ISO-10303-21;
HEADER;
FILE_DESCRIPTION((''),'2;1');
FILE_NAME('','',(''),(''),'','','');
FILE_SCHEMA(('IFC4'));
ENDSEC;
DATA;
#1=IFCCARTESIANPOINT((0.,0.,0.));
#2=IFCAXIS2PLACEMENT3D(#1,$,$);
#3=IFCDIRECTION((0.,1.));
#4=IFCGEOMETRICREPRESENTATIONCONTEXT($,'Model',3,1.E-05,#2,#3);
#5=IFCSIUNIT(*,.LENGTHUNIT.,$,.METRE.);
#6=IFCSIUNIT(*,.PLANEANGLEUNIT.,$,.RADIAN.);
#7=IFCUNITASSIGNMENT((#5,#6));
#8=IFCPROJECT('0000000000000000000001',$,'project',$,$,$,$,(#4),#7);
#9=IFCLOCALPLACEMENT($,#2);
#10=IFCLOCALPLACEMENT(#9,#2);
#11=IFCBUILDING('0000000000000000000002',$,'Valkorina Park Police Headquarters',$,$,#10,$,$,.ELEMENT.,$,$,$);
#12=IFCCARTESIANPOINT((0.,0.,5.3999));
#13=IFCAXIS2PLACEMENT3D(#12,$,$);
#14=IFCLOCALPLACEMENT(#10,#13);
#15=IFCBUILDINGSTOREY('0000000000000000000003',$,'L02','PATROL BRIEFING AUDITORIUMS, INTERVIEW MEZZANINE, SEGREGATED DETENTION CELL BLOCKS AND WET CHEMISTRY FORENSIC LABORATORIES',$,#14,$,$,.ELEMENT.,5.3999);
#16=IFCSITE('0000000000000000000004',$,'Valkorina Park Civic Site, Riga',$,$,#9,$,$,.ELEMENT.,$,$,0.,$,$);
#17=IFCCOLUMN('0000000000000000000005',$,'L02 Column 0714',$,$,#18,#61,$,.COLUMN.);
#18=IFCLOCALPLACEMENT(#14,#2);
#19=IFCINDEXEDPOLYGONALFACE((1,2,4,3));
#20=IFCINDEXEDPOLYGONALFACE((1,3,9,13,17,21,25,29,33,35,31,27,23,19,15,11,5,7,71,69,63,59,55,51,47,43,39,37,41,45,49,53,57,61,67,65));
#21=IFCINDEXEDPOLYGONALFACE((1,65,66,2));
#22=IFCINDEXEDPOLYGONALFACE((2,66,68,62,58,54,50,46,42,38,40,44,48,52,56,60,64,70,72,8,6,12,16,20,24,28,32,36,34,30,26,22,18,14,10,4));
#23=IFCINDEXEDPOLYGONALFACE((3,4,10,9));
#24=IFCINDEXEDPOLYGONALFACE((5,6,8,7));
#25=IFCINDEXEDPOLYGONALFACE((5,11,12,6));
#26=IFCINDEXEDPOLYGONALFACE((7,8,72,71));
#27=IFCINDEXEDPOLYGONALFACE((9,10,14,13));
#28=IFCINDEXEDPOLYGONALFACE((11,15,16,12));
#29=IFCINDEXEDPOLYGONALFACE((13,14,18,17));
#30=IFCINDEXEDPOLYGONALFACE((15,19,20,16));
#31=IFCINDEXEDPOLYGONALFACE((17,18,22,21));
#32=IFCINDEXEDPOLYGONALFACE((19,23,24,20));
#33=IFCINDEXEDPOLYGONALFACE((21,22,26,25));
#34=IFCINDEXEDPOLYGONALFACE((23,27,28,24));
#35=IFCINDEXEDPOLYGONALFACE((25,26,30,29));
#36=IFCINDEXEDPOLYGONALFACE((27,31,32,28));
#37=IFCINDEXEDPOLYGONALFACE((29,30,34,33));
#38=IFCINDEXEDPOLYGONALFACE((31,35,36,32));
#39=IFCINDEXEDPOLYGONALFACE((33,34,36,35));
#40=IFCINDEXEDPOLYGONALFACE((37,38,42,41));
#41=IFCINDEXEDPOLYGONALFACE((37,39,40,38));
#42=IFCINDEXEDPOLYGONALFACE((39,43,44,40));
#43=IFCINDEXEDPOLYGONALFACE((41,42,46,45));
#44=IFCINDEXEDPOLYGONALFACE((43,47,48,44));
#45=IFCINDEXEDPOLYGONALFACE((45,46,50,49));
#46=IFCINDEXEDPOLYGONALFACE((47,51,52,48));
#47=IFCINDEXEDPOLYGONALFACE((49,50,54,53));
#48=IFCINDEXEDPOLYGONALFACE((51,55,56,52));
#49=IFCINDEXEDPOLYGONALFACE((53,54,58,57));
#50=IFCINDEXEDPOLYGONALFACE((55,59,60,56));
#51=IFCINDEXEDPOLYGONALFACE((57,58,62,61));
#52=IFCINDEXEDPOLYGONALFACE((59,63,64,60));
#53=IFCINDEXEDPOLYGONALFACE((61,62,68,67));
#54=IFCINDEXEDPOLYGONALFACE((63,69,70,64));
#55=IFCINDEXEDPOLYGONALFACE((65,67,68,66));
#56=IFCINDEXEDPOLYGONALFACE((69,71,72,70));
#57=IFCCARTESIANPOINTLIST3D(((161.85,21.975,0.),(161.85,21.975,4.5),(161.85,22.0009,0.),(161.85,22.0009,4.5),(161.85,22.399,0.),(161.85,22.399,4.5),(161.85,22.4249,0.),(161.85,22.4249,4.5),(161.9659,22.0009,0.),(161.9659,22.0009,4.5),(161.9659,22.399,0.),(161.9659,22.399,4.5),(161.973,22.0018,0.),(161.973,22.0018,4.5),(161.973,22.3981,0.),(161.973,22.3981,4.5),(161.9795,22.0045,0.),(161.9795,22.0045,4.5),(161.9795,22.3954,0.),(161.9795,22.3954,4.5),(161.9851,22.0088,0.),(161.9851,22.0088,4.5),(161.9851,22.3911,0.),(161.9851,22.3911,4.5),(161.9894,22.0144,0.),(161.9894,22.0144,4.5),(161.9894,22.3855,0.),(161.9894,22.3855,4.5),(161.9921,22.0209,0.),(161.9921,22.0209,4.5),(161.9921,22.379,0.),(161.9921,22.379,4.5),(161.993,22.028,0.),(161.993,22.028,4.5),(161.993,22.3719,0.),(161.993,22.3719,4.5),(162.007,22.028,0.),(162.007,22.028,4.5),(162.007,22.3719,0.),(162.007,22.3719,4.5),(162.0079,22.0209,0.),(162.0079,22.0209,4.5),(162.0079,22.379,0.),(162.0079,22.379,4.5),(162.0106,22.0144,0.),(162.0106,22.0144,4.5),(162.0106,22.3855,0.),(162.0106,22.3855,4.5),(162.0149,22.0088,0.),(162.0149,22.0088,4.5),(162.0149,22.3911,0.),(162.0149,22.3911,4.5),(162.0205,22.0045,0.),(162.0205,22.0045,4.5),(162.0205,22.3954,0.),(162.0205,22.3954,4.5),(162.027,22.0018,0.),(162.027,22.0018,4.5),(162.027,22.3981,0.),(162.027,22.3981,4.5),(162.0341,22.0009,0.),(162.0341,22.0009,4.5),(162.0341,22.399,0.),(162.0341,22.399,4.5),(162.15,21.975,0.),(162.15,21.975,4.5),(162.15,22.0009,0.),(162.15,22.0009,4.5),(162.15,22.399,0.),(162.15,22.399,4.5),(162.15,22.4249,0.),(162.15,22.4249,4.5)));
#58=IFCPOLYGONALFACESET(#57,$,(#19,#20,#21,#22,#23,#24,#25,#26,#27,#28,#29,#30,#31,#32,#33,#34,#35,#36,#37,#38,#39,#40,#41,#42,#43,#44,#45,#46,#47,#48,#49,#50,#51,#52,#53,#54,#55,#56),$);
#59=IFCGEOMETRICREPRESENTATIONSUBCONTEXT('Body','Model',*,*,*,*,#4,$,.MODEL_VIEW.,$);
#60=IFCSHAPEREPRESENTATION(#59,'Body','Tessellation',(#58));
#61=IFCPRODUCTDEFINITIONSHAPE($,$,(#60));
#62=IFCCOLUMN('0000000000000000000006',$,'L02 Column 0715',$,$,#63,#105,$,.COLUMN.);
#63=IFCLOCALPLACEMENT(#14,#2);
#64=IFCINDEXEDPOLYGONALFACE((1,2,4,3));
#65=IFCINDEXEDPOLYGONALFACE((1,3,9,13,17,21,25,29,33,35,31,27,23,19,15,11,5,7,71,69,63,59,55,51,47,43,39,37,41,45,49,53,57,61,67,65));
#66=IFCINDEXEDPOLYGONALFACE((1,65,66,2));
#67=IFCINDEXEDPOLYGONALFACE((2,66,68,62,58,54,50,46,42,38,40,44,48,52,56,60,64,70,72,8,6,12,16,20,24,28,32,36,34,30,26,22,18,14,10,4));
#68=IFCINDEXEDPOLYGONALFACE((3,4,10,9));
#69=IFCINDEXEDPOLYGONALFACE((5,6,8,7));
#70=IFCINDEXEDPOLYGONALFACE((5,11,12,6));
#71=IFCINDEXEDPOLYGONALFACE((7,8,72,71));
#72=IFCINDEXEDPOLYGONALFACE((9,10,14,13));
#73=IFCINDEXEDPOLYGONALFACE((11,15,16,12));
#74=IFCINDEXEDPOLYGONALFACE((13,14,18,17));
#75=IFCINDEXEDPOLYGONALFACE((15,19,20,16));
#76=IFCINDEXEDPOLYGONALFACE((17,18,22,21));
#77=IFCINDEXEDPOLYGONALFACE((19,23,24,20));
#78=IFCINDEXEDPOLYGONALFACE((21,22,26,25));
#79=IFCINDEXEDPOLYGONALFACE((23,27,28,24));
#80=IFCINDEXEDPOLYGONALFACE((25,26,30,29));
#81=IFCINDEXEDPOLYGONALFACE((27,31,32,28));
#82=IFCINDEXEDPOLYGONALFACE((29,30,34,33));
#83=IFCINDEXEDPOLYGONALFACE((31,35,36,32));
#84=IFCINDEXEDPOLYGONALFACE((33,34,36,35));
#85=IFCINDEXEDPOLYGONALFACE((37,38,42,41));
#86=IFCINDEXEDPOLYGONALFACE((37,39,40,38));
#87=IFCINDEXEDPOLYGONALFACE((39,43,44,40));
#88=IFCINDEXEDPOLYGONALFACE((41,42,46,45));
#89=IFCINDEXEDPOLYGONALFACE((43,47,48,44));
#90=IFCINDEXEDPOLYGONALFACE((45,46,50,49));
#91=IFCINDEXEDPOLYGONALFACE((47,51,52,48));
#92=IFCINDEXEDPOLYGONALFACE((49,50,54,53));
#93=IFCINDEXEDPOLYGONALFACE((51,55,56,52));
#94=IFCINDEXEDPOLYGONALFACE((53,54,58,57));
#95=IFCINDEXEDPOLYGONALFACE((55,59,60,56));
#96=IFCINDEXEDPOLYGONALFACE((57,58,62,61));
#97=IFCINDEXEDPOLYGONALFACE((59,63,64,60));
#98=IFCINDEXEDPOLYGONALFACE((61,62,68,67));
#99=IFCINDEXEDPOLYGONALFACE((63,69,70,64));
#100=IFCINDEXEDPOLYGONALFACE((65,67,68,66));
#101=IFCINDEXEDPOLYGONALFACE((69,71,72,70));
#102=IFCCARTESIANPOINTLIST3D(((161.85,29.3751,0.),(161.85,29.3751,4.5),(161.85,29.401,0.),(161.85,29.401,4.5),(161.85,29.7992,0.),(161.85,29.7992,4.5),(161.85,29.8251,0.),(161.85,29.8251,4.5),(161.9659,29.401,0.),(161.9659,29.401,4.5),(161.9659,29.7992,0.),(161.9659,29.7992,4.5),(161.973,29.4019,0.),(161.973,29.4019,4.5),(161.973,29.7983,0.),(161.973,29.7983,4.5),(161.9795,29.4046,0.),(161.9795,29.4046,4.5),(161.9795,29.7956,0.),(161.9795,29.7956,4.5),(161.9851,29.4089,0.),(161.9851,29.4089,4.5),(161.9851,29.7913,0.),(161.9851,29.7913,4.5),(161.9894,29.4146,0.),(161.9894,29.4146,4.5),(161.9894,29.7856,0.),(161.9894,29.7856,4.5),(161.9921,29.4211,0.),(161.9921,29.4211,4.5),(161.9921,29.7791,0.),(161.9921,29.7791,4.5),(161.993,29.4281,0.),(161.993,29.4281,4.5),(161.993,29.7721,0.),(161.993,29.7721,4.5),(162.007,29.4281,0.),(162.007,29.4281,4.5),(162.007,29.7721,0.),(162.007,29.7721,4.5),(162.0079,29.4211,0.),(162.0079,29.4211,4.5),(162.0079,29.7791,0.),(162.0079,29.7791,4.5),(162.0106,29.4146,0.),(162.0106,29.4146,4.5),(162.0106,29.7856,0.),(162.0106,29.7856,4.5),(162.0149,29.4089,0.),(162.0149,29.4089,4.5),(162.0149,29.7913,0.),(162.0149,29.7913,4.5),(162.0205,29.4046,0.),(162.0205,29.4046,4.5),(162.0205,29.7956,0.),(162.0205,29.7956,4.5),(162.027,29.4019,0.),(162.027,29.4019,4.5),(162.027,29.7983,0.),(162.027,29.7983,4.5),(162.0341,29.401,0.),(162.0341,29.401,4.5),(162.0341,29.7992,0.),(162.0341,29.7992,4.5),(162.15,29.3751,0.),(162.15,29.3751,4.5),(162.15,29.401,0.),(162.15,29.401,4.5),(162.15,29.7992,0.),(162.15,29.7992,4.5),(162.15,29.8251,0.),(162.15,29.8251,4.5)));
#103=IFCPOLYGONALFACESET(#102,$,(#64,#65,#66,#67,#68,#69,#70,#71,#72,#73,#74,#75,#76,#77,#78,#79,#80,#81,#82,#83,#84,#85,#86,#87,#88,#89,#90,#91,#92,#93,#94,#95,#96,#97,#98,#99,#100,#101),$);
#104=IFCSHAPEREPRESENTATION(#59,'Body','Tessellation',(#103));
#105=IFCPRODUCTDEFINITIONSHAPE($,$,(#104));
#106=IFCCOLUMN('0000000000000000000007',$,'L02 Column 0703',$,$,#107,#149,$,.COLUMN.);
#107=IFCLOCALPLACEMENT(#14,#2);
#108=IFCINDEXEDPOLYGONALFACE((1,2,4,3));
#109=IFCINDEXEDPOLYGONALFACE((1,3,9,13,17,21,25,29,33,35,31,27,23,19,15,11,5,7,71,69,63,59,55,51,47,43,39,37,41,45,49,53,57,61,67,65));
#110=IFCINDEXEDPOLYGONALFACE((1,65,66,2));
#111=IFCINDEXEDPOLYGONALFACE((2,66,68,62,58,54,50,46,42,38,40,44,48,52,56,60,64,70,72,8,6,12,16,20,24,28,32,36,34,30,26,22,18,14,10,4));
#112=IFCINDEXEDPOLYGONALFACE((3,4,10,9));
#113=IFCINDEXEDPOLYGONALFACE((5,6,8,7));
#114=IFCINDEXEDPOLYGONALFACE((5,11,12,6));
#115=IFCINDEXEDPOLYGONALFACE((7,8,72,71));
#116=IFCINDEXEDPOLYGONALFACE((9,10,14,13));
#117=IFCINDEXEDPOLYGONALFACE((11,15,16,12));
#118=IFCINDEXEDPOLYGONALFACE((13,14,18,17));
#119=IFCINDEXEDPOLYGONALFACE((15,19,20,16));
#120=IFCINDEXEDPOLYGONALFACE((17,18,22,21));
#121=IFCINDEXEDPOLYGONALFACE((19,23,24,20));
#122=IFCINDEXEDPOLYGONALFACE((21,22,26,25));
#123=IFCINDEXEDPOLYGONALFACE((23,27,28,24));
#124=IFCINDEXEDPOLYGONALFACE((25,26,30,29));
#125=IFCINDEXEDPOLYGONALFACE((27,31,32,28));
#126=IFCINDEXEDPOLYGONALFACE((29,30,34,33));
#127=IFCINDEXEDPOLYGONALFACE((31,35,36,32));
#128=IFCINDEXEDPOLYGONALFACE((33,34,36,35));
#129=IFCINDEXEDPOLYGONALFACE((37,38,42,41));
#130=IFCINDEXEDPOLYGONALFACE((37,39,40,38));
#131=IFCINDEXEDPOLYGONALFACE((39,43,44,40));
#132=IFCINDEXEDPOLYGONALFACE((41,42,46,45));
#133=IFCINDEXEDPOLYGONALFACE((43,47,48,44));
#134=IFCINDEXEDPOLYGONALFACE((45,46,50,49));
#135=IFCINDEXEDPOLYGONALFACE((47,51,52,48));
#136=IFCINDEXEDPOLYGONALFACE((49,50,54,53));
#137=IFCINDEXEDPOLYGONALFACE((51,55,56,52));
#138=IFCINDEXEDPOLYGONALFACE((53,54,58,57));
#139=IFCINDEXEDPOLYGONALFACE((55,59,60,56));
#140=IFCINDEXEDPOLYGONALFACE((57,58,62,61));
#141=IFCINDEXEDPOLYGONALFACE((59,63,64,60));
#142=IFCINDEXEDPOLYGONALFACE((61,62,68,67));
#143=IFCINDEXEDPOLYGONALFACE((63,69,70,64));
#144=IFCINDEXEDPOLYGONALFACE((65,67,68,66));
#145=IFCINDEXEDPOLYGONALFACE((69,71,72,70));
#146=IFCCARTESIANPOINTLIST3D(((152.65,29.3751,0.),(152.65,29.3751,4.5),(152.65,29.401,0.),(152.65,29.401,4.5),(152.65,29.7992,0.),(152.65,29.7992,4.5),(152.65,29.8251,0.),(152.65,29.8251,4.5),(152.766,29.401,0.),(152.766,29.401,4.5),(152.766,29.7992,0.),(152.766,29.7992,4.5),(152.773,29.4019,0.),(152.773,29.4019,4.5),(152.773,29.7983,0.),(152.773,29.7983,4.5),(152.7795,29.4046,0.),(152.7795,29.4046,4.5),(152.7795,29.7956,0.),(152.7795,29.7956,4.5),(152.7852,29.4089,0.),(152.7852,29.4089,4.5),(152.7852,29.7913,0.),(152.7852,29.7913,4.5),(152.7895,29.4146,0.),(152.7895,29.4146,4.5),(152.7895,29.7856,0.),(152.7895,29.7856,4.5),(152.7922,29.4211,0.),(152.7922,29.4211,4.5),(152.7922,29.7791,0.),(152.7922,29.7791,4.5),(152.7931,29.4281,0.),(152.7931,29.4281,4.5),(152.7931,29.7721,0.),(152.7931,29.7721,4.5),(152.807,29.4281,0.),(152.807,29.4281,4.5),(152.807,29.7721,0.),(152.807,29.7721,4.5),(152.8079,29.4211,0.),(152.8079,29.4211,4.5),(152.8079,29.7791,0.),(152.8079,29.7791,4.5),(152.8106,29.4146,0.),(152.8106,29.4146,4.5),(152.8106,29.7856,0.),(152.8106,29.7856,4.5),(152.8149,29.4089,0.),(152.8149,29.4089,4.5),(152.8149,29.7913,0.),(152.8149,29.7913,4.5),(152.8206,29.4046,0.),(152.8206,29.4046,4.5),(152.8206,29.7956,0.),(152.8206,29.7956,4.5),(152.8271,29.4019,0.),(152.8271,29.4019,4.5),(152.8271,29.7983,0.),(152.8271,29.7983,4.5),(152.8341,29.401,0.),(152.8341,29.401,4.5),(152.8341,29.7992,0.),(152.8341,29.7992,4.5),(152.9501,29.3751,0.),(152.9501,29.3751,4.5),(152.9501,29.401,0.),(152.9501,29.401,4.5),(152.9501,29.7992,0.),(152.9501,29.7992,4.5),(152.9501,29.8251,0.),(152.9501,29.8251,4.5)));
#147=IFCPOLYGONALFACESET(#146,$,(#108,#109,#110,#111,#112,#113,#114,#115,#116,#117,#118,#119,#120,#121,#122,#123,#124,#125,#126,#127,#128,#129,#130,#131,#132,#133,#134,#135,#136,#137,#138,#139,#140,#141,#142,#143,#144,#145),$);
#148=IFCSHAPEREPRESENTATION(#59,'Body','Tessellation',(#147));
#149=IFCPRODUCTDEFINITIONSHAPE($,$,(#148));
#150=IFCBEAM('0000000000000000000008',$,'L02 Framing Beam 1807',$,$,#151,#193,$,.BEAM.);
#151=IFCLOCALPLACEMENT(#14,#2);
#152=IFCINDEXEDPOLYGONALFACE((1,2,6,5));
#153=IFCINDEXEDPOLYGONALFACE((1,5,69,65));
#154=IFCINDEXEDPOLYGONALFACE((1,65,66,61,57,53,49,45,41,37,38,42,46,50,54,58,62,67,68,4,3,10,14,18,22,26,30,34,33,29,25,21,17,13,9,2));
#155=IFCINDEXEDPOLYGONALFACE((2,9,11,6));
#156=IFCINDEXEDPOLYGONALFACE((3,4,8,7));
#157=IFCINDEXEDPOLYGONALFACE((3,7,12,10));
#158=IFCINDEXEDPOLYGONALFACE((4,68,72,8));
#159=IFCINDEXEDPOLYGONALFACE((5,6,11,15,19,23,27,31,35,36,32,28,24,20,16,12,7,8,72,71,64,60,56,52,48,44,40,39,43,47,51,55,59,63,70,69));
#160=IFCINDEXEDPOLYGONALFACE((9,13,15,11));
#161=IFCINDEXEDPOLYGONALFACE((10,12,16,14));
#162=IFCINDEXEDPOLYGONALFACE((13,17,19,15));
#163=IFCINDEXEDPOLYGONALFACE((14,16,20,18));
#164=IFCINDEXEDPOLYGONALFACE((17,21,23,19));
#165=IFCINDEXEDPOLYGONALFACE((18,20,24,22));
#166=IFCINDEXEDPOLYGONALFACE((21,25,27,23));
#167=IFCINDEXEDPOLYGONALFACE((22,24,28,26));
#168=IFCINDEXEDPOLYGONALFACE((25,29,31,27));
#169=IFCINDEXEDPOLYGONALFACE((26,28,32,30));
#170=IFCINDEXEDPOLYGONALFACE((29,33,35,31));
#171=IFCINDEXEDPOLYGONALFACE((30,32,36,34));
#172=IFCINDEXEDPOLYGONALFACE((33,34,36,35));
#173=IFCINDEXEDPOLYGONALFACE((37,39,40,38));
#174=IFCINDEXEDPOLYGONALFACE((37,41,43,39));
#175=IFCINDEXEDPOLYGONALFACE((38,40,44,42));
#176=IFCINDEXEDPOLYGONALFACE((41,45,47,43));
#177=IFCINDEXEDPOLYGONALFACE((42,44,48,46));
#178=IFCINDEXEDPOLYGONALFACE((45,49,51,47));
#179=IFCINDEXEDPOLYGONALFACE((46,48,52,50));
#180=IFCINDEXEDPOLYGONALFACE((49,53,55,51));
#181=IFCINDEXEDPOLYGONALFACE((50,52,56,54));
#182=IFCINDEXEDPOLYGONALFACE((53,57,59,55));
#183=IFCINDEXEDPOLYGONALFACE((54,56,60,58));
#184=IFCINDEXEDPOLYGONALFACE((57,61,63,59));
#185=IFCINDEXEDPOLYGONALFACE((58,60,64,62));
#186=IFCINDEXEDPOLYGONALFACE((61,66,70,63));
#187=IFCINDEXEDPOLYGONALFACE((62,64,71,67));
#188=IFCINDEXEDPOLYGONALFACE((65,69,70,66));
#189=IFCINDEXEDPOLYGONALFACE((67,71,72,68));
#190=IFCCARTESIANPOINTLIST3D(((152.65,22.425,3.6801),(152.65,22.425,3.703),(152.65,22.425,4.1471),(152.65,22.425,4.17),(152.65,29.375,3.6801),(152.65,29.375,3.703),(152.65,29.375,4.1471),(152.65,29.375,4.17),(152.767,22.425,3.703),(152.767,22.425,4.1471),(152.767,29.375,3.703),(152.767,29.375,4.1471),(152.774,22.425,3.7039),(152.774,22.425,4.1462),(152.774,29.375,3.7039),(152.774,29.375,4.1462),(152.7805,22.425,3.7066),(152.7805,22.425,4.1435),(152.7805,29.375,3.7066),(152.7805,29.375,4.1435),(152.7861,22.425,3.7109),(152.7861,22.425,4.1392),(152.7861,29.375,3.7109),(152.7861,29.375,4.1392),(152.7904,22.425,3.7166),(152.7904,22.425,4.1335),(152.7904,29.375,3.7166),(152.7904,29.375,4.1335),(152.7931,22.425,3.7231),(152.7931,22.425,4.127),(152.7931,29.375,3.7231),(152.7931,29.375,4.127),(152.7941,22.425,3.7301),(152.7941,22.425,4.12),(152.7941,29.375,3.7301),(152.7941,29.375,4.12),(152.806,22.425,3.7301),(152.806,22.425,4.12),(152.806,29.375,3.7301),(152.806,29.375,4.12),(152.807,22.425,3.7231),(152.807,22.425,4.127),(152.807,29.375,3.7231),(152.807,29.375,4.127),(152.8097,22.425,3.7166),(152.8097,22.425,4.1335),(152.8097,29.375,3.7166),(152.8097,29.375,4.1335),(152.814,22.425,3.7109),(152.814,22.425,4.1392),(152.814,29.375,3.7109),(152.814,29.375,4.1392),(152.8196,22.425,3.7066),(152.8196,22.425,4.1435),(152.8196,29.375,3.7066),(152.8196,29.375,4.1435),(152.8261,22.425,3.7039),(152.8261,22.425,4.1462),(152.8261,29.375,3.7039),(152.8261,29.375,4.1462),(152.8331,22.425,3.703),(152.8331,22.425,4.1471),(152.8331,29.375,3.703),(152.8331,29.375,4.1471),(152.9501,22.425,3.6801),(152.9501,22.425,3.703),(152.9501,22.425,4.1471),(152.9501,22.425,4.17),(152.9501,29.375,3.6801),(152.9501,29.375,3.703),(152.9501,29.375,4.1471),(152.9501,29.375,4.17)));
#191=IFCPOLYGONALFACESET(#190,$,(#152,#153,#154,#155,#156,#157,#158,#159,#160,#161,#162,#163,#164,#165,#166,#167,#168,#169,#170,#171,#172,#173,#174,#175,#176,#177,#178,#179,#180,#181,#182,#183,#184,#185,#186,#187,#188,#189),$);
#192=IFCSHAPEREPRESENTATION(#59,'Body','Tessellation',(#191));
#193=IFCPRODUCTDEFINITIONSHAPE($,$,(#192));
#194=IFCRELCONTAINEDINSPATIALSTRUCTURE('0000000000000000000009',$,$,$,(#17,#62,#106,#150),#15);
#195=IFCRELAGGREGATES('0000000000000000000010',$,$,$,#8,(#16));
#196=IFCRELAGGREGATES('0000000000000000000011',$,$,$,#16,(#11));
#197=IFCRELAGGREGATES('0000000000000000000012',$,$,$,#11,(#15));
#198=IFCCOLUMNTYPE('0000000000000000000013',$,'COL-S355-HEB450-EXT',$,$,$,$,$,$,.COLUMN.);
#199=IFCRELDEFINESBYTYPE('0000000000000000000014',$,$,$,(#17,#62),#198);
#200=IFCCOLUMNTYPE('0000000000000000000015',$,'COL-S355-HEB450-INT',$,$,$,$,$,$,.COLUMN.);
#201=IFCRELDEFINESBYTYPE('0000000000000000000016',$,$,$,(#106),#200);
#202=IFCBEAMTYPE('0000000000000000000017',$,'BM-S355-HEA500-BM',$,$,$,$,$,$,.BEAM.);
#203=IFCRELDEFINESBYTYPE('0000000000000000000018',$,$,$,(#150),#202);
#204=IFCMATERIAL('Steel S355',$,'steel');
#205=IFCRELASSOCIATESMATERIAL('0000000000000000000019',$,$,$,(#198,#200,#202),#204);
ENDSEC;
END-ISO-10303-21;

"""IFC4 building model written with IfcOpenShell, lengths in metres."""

from ifc_helpers import new_model, si_unit, direction, frame, origin, origin_2d, place, context, subcontext, project, spatial, i_section, extrude, material, material_profile, profile_set, type_object, element, save


model = new_model("IFC4")

# Units and contexts
model_context = context("Model", 3, precision=1e-05, world=origin(), true_north=direction((0.0, 1.0)))
body_context = subcontext(model_context, "Body", "Model", "MODEL_VIEW")
ifc_project = project(units=[si_unit("LENGTHUNIT", "METRE"), si_unit("PLANEANGLEUNIT", "RADIAN")], contexts=[model_context])

# Site, building, storey
site_placement = place(None, origin())
site = spatial("IfcSite", under=ifc_project, at=site_placement, Name="Valkorina Park Civic Site, Riga", CompositionType="ELEMENT", RefElevation=0.0)
building_placement = place(site_placement, origin())
building = spatial("IfcBuilding", under=site, at=building_placement, Name="Valkorina Park Police Headquarters", CompositionType="ELEMENT")
storey_placement = place(building_placement, frame((0.0, 0.0, 5.3999)))
storey = spatial("IfcBuildingStorey", under=building, at=storey_placement, Name="L02", Description="PATROL BRIEFING AUDITORIUMS, INTERVIEW MEZZANINE, SEGREGATED DETENTION CELL BLOCKS AND WET CHEMISTRY FORENSIC LABORATORIES", CompositionType="ELEMENT", Elevation=5.3999)

# Columns
ifc_material_1 = material(Name="Steel S355", Category="steel")
ifc_material_profile_1 = material_profile(ifc_material_1, i_section(OverallWidth=0.3, OverallDepth=0.45, WebThickness=0.0139, FlangeThickness=0.0259, FilletRadius=0.0271, at=origin_2d()), Name="HEB 450")
ifc_profile_set_1 = profile_set([ifc_material_profile_1], Name="Steel S355")
column_type_1 = type_object("IfcColumnType", Name="COL-S355-HEB450-EXT", PredefinedType="COLUMN", material=ifc_profile_set_1)
for number, where, z_axis, x_axis, name in (
    (1, (162.0, 22.2, 0.0), (0.0, 0.0, 1.0), (1.0, 0.0, 0.0), "L02 Column 0714"),
    (2, (162.0, 29.6001, 0.0), (0.0, 0.0, 1.0), (1.0, 0.0, 0.0), "L02 Column 0715"),
):
    element("IfcColumn", number, at=place(storey_placement, frame(where, z_axis=z_axis, x_axis=x_axis)), inside=storey, type_object=column_type_1, Name=name, PredefinedType="COLUMN", context=body_context, shape_type="SweptSolid", body=[
        extrude(i_section(OverallWidth=0.3, OverallDepth=0.45, WebThickness=0.0139, FlangeThickness=0.0259, FilletRadius=0.0271, at=origin_2d()), origin(), (0.0, 0.0, 1.0), 4.5),
    ])
ifc_material_profile_2 = material_profile(ifc_material_1, i_section(OverallWidth=0.3, OverallDepth=0.45, WebThickness=0.0139, FlangeThickness=0.0259, FilletRadius=0.0271, at=origin_2d()), Name="HEB 450")
ifc_profile_set_2 = profile_set([ifc_material_profile_2], Name="Steel S355")
column_type_2 = type_object("IfcColumnType", Name="COL-S355-HEB450-INT", PredefinedType="COLUMN", material=ifc_profile_set_2)
column_placement = place(storey_placement, frame((152.8, 29.6001, 0.0), z_axis=(0.0, 0.0, 1.0), x_axis=(1.0, 0.0, 0.0)))
element("IfcColumn", 3, at=column_placement, inside=storey, type_object=column_type_2, Name="L02 Column 0703", PredefinedType="COLUMN", context=body_context, shape_type="SweptSolid", body=[
    extrude(i_section(OverallWidth=0.3, OverallDepth=0.45, WebThickness=0.0139, FlangeThickness=0.0259, FilletRadius=0.0271, at=origin_2d()), origin(), (0.0, 0.0, 1.0), 4.5),
])

# Beam
ifc_material_profile_3 = material_profile(ifc_material_1, i_section(OverallWidth=0.3, OverallDepth=0.49, WebThickness=0.012, FlangeThickness=0.0229, FilletRadius=0.0271, at=origin_2d()), Name="HEA 500")
ifc_profile_set_3 = profile_set([ifc_material_profile_3], Name="Steel S355")
beam_type_1 = type_object("IfcBeamType", Name="BM-S355-HEA500-BM", PredefinedType="BEAM", material=ifc_profile_set_3)
beam_1_placement = place(storey_placement, frame((152.8, 22.425, 3.925), z_axis=(0.0, 1.0, 0.0), x_axis=(-1.0, 0.0, 0.0)))
element("IfcBeam", 4, at=beam_1_placement, inside=storey, type_object=beam_type_1, Name="L02 Framing Beam 1807", PredefinedType="BEAM", context=body_context, shape_type="SweptSolid", body=[
    extrude(i_section(OverallWidth=0.3, OverallDepth=0.49, WebThickness=0.012, FlangeThickness=0.0229, FilletRadius=0.0271, at=origin_2d()), origin(), (0.0, 0.0, 1.0), 6.95),
])

save(model, "model.ifc")
